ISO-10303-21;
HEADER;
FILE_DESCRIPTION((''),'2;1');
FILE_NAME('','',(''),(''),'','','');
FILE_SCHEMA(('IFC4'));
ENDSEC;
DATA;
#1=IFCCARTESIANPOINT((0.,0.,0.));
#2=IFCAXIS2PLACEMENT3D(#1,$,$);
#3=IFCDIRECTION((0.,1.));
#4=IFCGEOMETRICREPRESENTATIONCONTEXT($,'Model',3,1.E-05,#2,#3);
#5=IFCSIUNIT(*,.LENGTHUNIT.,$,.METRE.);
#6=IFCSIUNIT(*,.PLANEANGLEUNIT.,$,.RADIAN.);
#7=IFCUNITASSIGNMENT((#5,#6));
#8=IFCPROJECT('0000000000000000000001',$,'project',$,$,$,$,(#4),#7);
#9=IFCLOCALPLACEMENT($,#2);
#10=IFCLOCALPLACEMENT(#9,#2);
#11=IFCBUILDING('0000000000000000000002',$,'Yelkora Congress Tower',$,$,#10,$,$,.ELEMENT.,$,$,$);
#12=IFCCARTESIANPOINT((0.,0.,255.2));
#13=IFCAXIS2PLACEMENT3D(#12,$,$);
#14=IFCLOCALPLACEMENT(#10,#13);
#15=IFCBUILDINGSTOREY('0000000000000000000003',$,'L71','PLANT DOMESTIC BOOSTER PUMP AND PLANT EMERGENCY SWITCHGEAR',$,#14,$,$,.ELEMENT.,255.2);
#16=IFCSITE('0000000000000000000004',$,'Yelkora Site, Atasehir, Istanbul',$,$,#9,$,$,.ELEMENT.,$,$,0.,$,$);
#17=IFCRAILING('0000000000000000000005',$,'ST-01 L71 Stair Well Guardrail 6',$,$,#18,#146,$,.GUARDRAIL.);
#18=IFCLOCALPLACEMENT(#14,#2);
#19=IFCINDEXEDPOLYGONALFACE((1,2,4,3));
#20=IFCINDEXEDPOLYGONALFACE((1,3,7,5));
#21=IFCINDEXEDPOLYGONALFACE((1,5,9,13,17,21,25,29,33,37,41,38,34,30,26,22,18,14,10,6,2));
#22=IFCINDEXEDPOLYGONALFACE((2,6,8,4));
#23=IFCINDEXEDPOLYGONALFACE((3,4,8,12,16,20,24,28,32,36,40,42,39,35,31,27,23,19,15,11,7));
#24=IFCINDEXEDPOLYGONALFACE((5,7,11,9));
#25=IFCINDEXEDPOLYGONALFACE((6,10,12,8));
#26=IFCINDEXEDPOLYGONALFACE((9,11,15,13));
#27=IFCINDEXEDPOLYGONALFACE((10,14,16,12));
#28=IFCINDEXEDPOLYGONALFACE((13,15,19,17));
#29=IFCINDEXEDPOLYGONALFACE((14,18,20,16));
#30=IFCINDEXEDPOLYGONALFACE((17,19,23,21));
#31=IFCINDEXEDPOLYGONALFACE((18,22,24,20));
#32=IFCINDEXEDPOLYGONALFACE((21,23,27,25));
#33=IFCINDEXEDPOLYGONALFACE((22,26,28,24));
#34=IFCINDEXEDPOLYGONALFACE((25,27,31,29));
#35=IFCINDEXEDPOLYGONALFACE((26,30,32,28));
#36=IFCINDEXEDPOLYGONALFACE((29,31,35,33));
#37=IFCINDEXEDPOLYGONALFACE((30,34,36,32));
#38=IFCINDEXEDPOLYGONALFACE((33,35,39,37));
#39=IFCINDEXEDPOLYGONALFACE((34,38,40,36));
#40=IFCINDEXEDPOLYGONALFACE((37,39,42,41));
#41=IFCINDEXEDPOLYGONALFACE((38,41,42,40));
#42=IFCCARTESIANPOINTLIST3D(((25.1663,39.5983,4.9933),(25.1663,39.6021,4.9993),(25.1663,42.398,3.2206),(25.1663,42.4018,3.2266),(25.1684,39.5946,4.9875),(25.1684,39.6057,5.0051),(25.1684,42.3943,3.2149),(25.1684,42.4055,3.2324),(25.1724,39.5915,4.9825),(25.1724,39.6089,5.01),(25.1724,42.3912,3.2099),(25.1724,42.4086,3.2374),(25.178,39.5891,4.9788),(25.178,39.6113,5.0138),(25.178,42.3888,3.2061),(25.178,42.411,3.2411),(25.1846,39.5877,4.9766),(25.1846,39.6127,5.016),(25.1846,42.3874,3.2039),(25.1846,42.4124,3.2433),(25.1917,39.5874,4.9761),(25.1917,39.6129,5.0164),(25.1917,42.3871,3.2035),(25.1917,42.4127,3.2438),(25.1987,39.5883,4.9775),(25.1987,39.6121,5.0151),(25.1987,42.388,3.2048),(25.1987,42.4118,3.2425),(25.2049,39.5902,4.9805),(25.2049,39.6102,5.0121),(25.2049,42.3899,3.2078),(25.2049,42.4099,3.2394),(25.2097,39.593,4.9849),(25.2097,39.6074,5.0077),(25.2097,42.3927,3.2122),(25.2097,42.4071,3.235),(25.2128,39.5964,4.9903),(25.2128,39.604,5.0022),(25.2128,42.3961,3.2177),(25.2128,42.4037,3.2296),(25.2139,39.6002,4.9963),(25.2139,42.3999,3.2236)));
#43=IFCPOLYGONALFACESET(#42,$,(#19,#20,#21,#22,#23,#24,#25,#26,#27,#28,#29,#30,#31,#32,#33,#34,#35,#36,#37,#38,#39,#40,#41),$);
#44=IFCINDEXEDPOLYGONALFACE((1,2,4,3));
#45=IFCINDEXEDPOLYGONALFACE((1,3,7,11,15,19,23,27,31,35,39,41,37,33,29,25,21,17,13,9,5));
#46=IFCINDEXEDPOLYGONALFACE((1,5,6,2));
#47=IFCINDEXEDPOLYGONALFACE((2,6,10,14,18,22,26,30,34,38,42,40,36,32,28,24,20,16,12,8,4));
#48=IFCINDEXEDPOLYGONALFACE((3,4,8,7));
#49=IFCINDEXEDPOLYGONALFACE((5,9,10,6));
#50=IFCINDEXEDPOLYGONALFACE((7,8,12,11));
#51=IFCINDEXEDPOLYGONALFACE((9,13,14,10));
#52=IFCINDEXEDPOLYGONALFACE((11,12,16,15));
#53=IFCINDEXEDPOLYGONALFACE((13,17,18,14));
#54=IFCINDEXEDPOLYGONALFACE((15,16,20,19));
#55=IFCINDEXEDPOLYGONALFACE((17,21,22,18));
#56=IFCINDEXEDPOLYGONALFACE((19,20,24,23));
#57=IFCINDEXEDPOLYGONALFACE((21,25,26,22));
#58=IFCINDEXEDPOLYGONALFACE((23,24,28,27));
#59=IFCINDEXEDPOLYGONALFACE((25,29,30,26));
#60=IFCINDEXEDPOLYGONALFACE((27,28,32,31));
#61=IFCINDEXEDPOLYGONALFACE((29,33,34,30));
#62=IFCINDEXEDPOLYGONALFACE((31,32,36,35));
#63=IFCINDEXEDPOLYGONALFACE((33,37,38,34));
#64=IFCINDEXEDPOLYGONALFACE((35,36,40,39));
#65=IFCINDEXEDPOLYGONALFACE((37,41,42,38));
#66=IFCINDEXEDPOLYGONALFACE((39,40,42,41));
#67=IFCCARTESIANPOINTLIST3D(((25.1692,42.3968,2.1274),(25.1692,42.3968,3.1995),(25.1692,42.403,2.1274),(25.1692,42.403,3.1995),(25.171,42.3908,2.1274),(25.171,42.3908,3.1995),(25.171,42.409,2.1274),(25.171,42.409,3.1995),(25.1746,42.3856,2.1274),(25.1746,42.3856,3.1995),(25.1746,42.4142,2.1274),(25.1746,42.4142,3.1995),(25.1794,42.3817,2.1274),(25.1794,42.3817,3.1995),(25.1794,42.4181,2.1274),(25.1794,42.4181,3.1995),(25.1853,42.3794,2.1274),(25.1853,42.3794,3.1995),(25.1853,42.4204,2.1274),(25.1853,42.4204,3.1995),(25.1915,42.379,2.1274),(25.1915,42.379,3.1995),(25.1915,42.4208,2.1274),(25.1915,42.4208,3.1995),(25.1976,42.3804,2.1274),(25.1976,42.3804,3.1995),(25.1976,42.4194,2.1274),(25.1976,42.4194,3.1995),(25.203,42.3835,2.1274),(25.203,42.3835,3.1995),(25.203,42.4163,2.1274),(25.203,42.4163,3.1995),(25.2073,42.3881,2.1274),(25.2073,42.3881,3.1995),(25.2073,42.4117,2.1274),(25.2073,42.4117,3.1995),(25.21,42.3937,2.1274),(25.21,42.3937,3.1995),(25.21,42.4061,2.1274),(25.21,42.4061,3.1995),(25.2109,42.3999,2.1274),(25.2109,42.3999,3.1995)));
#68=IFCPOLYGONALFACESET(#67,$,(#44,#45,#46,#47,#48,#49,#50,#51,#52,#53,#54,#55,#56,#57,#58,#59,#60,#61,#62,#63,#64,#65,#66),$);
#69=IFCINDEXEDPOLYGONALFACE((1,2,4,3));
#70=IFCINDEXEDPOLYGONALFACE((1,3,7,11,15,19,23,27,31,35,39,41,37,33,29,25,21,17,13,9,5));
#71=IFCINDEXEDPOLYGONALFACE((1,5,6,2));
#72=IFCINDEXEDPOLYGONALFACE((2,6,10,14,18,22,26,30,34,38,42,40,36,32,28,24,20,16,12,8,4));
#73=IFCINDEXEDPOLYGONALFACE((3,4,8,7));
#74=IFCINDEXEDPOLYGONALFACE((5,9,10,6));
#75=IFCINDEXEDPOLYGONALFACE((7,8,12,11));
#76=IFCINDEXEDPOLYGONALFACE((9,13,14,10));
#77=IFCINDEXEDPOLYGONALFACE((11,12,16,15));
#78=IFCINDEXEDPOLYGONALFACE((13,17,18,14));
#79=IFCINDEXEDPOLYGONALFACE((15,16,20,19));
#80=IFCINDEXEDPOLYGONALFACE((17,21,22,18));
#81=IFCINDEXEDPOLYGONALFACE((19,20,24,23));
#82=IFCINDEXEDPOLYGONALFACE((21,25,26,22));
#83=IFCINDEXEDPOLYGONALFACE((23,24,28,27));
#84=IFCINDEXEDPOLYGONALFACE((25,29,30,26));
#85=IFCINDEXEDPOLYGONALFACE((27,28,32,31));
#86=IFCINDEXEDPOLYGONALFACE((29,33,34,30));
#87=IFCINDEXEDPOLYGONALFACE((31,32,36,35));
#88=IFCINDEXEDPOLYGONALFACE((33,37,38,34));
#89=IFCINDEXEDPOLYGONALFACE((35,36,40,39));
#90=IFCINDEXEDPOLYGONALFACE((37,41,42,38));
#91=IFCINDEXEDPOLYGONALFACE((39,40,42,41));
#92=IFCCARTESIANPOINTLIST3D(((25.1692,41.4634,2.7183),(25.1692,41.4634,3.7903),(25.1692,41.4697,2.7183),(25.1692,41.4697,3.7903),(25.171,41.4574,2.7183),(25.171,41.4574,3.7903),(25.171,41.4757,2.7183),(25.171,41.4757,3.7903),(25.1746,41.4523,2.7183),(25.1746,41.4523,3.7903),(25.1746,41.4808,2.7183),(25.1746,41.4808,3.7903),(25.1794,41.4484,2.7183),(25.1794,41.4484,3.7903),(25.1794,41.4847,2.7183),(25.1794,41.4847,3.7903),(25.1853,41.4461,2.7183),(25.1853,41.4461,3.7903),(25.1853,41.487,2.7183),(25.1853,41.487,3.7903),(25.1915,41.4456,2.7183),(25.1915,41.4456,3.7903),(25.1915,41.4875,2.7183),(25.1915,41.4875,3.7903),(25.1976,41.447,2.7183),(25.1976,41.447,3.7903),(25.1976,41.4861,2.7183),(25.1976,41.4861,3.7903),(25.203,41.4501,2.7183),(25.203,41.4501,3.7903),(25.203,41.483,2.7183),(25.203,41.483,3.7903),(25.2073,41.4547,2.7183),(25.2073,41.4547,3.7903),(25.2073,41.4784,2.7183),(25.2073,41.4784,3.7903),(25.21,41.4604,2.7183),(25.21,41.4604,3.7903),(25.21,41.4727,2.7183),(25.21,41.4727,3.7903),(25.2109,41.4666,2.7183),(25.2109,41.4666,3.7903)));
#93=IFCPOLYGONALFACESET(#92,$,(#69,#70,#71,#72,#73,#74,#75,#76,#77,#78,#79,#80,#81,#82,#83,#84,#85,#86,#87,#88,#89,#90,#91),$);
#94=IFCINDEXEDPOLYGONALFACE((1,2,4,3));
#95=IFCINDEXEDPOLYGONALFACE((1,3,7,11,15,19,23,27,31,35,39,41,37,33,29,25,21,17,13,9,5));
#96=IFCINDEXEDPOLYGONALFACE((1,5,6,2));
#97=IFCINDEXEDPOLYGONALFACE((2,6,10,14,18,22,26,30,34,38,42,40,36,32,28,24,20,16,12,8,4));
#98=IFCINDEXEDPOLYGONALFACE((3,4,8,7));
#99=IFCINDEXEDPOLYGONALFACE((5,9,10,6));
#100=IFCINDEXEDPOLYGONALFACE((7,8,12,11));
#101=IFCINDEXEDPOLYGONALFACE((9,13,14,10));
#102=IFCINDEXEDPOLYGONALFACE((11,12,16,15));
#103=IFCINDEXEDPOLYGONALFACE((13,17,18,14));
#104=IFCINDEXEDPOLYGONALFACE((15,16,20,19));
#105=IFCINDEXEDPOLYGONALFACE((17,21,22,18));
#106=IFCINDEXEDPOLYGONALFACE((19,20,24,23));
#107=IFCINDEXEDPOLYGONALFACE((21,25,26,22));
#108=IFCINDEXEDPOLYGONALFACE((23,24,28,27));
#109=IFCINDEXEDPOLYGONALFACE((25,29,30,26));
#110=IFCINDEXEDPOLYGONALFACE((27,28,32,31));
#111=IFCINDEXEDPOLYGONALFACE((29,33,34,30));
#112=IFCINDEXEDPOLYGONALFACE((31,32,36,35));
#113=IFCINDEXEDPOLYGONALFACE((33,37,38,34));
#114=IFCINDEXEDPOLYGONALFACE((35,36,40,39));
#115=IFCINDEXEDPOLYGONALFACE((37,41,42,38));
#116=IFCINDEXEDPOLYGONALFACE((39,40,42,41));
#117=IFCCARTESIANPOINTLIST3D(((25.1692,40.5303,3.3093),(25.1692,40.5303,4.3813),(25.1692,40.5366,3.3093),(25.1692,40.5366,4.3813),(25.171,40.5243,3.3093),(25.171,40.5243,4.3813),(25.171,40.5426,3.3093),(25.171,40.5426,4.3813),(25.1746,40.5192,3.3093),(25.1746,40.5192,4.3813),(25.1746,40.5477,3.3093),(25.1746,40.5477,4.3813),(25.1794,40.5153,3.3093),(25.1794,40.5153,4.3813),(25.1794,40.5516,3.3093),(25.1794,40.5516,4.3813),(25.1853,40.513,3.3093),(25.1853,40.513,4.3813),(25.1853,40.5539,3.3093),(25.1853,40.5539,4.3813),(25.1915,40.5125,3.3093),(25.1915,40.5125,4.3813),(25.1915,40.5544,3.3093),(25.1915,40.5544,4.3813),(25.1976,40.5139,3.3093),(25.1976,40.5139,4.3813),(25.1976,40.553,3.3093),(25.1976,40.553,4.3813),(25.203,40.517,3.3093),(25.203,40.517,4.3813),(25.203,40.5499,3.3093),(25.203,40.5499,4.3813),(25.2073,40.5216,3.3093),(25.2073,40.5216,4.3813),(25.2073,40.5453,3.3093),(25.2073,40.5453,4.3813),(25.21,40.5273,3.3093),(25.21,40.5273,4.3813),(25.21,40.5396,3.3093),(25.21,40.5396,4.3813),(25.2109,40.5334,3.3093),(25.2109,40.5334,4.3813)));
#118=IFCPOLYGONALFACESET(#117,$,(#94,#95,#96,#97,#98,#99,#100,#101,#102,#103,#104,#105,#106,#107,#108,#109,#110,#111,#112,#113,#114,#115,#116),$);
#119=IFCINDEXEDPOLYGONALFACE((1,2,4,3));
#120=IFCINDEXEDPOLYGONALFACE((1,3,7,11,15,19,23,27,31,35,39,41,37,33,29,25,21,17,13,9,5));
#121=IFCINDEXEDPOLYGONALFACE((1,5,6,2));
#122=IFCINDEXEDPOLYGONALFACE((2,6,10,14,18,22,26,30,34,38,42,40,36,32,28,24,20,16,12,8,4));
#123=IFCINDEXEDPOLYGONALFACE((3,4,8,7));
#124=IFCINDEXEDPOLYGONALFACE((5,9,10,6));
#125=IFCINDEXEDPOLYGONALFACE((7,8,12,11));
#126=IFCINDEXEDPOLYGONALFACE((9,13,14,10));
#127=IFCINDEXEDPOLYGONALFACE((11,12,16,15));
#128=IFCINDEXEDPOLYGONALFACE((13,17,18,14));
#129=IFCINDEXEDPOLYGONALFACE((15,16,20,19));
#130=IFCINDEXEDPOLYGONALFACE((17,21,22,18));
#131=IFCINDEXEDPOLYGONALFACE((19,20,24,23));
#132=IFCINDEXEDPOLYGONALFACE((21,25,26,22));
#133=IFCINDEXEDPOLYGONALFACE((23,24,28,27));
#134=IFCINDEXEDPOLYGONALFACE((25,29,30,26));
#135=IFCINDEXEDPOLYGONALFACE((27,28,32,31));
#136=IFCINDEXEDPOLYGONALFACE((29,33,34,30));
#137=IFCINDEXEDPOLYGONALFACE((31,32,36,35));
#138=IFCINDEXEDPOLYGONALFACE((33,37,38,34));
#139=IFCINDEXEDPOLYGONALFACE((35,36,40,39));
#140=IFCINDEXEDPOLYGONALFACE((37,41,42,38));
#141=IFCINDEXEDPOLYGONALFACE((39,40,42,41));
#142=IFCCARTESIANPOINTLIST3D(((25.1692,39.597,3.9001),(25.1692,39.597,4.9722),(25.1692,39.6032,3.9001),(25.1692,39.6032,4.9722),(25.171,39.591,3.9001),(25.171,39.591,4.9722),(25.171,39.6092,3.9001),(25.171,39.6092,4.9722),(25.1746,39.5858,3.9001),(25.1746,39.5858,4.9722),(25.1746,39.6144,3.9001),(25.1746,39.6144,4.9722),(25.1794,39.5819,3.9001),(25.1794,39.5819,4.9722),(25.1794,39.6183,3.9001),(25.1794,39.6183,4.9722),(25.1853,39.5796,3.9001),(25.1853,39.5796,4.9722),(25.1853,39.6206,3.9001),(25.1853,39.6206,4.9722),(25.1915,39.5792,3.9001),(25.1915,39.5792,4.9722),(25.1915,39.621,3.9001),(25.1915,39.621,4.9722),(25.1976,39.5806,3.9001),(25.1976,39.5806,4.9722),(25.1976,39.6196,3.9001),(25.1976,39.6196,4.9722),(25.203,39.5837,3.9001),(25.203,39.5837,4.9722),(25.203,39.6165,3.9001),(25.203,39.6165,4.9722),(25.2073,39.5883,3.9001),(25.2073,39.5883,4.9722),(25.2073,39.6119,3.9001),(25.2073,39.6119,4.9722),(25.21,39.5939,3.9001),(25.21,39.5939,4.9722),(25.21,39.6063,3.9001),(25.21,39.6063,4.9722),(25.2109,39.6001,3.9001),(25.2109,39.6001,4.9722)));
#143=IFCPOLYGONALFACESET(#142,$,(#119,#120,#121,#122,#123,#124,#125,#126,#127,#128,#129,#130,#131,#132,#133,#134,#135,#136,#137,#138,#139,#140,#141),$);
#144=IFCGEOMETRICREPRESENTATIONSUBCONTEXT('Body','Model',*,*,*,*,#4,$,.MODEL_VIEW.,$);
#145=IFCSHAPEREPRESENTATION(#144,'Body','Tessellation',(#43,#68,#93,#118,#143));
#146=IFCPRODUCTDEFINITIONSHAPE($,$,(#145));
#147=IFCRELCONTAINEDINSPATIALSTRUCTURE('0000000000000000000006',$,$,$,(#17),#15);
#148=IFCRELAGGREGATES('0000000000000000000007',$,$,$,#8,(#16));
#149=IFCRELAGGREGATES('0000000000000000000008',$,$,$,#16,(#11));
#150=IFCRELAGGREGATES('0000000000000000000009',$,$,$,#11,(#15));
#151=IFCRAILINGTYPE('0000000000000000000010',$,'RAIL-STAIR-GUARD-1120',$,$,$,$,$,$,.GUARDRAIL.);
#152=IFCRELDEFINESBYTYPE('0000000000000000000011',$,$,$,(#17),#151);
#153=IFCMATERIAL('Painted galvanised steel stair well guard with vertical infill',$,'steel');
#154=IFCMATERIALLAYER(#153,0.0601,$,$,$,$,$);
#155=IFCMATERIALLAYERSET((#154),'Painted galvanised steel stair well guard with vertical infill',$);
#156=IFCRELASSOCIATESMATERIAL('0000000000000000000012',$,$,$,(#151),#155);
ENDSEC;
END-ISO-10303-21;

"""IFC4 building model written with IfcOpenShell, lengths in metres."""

from ifc_helpers import new_model, si_unit, direction, frame, origin, origin_2d, place, context, subcontext, project, spatial, circle, extrude, material, layer, layer_set, type_object, element, save


model = new_model("IFC4")

# Units and contexts
model_context = context("Model", 3, precision=1e-05, world=origin(), true_north=direction((0.0, 1.0)))
body_context = subcontext(model_context, "Body", "Model", "MODEL_VIEW")
ifc_project = project(units=[si_unit("LENGTHUNIT", "METRE"), si_unit("PLANEANGLEUNIT", "RADIAN")], contexts=[model_context])

# Site, building, storey
site_placement = place(None, origin())
site = spatial("IfcSite", under=ifc_project, at=site_placement, Name="Yelkora Site, Atasehir, Istanbul", CompositionType="ELEMENT", RefElevation=0.0)
building_placement = place(site_placement, origin())
building = spatial("IfcBuilding", under=site, at=building_placement, Name="Yelkora Congress Tower", CompositionType="ELEMENT")
storey_placement = place(building_placement, frame((0.0, 0.0, 255.2)))
storey = spatial("IfcBuildingStorey", under=building, at=storey_placement, Name="L71", Description="PLANT DOMESTIC BOOSTER PUMP AND PLANT EMERGENCY SWITCHGEAR", CompositionType="ELEMENT", Elevation=255.2)

# Railing
ifc_material_1 = material(Name="Painted galvanised steel stair well guard with vertical infill", Category="steel")
ifc_layer_1 = layer(ifc_material_1, 0.0601)
ifc_layer_set_1 = layer_set([ifc_layer_1], Name="Painted galvanised steel stair well guard with vertical infill")
railing_type_1 = type_object("IfcRailingType", Name="RAIL-STAIR-GUARD-1120", PredefinedType="GUARDRAIL", material=ifc_layer_set_1)
railing_1_placement = place(storey_placement, frame((25.1899, 42.3999, 2.1274)))
element("IfcRailing", 1, at=railing_1_placement, inside=storey, type_object=railing_type_1, Name="ST-01 L71 Stair Well Guardrail 6", PredefinedType="GUARDRAIL", context=body_context, shape_type="SweptSolid", body=[
    extrude(circle(Radius=0.0239, at=origin_2d()), frame((0.0, 0.0, 1.0962), z_axis=(0.0, -0.844888, 0.534943), x_axis=(1.0, 0.0, 0.0)), (0.0, 0.0, 1.0), 3.3137),
    extrude(circle(Radius=0.021, at=origin_2d()), origin(), (0.0, 0.0, 1.0), 1.072),
    extrude(circle(Radius=0.021, at=origin_2d()), frame((0.0, -0.9333, 0.5908)), (0.0, 0.0, 1.0), 1.072),
    extrude(circle(Radius=0.021, at=origin_2d()), frame((0.0, -1.8665, 1.1819)), (0.0, 0.0, 1.0), 1.072),
    extrude(circle(Radius=0.021, at=origin_2d()), frame((0.0, -2.7998, 1.7727)), (0.0, 0.0, 1.0), 1.072),
])

save(model, "model.ifc")
